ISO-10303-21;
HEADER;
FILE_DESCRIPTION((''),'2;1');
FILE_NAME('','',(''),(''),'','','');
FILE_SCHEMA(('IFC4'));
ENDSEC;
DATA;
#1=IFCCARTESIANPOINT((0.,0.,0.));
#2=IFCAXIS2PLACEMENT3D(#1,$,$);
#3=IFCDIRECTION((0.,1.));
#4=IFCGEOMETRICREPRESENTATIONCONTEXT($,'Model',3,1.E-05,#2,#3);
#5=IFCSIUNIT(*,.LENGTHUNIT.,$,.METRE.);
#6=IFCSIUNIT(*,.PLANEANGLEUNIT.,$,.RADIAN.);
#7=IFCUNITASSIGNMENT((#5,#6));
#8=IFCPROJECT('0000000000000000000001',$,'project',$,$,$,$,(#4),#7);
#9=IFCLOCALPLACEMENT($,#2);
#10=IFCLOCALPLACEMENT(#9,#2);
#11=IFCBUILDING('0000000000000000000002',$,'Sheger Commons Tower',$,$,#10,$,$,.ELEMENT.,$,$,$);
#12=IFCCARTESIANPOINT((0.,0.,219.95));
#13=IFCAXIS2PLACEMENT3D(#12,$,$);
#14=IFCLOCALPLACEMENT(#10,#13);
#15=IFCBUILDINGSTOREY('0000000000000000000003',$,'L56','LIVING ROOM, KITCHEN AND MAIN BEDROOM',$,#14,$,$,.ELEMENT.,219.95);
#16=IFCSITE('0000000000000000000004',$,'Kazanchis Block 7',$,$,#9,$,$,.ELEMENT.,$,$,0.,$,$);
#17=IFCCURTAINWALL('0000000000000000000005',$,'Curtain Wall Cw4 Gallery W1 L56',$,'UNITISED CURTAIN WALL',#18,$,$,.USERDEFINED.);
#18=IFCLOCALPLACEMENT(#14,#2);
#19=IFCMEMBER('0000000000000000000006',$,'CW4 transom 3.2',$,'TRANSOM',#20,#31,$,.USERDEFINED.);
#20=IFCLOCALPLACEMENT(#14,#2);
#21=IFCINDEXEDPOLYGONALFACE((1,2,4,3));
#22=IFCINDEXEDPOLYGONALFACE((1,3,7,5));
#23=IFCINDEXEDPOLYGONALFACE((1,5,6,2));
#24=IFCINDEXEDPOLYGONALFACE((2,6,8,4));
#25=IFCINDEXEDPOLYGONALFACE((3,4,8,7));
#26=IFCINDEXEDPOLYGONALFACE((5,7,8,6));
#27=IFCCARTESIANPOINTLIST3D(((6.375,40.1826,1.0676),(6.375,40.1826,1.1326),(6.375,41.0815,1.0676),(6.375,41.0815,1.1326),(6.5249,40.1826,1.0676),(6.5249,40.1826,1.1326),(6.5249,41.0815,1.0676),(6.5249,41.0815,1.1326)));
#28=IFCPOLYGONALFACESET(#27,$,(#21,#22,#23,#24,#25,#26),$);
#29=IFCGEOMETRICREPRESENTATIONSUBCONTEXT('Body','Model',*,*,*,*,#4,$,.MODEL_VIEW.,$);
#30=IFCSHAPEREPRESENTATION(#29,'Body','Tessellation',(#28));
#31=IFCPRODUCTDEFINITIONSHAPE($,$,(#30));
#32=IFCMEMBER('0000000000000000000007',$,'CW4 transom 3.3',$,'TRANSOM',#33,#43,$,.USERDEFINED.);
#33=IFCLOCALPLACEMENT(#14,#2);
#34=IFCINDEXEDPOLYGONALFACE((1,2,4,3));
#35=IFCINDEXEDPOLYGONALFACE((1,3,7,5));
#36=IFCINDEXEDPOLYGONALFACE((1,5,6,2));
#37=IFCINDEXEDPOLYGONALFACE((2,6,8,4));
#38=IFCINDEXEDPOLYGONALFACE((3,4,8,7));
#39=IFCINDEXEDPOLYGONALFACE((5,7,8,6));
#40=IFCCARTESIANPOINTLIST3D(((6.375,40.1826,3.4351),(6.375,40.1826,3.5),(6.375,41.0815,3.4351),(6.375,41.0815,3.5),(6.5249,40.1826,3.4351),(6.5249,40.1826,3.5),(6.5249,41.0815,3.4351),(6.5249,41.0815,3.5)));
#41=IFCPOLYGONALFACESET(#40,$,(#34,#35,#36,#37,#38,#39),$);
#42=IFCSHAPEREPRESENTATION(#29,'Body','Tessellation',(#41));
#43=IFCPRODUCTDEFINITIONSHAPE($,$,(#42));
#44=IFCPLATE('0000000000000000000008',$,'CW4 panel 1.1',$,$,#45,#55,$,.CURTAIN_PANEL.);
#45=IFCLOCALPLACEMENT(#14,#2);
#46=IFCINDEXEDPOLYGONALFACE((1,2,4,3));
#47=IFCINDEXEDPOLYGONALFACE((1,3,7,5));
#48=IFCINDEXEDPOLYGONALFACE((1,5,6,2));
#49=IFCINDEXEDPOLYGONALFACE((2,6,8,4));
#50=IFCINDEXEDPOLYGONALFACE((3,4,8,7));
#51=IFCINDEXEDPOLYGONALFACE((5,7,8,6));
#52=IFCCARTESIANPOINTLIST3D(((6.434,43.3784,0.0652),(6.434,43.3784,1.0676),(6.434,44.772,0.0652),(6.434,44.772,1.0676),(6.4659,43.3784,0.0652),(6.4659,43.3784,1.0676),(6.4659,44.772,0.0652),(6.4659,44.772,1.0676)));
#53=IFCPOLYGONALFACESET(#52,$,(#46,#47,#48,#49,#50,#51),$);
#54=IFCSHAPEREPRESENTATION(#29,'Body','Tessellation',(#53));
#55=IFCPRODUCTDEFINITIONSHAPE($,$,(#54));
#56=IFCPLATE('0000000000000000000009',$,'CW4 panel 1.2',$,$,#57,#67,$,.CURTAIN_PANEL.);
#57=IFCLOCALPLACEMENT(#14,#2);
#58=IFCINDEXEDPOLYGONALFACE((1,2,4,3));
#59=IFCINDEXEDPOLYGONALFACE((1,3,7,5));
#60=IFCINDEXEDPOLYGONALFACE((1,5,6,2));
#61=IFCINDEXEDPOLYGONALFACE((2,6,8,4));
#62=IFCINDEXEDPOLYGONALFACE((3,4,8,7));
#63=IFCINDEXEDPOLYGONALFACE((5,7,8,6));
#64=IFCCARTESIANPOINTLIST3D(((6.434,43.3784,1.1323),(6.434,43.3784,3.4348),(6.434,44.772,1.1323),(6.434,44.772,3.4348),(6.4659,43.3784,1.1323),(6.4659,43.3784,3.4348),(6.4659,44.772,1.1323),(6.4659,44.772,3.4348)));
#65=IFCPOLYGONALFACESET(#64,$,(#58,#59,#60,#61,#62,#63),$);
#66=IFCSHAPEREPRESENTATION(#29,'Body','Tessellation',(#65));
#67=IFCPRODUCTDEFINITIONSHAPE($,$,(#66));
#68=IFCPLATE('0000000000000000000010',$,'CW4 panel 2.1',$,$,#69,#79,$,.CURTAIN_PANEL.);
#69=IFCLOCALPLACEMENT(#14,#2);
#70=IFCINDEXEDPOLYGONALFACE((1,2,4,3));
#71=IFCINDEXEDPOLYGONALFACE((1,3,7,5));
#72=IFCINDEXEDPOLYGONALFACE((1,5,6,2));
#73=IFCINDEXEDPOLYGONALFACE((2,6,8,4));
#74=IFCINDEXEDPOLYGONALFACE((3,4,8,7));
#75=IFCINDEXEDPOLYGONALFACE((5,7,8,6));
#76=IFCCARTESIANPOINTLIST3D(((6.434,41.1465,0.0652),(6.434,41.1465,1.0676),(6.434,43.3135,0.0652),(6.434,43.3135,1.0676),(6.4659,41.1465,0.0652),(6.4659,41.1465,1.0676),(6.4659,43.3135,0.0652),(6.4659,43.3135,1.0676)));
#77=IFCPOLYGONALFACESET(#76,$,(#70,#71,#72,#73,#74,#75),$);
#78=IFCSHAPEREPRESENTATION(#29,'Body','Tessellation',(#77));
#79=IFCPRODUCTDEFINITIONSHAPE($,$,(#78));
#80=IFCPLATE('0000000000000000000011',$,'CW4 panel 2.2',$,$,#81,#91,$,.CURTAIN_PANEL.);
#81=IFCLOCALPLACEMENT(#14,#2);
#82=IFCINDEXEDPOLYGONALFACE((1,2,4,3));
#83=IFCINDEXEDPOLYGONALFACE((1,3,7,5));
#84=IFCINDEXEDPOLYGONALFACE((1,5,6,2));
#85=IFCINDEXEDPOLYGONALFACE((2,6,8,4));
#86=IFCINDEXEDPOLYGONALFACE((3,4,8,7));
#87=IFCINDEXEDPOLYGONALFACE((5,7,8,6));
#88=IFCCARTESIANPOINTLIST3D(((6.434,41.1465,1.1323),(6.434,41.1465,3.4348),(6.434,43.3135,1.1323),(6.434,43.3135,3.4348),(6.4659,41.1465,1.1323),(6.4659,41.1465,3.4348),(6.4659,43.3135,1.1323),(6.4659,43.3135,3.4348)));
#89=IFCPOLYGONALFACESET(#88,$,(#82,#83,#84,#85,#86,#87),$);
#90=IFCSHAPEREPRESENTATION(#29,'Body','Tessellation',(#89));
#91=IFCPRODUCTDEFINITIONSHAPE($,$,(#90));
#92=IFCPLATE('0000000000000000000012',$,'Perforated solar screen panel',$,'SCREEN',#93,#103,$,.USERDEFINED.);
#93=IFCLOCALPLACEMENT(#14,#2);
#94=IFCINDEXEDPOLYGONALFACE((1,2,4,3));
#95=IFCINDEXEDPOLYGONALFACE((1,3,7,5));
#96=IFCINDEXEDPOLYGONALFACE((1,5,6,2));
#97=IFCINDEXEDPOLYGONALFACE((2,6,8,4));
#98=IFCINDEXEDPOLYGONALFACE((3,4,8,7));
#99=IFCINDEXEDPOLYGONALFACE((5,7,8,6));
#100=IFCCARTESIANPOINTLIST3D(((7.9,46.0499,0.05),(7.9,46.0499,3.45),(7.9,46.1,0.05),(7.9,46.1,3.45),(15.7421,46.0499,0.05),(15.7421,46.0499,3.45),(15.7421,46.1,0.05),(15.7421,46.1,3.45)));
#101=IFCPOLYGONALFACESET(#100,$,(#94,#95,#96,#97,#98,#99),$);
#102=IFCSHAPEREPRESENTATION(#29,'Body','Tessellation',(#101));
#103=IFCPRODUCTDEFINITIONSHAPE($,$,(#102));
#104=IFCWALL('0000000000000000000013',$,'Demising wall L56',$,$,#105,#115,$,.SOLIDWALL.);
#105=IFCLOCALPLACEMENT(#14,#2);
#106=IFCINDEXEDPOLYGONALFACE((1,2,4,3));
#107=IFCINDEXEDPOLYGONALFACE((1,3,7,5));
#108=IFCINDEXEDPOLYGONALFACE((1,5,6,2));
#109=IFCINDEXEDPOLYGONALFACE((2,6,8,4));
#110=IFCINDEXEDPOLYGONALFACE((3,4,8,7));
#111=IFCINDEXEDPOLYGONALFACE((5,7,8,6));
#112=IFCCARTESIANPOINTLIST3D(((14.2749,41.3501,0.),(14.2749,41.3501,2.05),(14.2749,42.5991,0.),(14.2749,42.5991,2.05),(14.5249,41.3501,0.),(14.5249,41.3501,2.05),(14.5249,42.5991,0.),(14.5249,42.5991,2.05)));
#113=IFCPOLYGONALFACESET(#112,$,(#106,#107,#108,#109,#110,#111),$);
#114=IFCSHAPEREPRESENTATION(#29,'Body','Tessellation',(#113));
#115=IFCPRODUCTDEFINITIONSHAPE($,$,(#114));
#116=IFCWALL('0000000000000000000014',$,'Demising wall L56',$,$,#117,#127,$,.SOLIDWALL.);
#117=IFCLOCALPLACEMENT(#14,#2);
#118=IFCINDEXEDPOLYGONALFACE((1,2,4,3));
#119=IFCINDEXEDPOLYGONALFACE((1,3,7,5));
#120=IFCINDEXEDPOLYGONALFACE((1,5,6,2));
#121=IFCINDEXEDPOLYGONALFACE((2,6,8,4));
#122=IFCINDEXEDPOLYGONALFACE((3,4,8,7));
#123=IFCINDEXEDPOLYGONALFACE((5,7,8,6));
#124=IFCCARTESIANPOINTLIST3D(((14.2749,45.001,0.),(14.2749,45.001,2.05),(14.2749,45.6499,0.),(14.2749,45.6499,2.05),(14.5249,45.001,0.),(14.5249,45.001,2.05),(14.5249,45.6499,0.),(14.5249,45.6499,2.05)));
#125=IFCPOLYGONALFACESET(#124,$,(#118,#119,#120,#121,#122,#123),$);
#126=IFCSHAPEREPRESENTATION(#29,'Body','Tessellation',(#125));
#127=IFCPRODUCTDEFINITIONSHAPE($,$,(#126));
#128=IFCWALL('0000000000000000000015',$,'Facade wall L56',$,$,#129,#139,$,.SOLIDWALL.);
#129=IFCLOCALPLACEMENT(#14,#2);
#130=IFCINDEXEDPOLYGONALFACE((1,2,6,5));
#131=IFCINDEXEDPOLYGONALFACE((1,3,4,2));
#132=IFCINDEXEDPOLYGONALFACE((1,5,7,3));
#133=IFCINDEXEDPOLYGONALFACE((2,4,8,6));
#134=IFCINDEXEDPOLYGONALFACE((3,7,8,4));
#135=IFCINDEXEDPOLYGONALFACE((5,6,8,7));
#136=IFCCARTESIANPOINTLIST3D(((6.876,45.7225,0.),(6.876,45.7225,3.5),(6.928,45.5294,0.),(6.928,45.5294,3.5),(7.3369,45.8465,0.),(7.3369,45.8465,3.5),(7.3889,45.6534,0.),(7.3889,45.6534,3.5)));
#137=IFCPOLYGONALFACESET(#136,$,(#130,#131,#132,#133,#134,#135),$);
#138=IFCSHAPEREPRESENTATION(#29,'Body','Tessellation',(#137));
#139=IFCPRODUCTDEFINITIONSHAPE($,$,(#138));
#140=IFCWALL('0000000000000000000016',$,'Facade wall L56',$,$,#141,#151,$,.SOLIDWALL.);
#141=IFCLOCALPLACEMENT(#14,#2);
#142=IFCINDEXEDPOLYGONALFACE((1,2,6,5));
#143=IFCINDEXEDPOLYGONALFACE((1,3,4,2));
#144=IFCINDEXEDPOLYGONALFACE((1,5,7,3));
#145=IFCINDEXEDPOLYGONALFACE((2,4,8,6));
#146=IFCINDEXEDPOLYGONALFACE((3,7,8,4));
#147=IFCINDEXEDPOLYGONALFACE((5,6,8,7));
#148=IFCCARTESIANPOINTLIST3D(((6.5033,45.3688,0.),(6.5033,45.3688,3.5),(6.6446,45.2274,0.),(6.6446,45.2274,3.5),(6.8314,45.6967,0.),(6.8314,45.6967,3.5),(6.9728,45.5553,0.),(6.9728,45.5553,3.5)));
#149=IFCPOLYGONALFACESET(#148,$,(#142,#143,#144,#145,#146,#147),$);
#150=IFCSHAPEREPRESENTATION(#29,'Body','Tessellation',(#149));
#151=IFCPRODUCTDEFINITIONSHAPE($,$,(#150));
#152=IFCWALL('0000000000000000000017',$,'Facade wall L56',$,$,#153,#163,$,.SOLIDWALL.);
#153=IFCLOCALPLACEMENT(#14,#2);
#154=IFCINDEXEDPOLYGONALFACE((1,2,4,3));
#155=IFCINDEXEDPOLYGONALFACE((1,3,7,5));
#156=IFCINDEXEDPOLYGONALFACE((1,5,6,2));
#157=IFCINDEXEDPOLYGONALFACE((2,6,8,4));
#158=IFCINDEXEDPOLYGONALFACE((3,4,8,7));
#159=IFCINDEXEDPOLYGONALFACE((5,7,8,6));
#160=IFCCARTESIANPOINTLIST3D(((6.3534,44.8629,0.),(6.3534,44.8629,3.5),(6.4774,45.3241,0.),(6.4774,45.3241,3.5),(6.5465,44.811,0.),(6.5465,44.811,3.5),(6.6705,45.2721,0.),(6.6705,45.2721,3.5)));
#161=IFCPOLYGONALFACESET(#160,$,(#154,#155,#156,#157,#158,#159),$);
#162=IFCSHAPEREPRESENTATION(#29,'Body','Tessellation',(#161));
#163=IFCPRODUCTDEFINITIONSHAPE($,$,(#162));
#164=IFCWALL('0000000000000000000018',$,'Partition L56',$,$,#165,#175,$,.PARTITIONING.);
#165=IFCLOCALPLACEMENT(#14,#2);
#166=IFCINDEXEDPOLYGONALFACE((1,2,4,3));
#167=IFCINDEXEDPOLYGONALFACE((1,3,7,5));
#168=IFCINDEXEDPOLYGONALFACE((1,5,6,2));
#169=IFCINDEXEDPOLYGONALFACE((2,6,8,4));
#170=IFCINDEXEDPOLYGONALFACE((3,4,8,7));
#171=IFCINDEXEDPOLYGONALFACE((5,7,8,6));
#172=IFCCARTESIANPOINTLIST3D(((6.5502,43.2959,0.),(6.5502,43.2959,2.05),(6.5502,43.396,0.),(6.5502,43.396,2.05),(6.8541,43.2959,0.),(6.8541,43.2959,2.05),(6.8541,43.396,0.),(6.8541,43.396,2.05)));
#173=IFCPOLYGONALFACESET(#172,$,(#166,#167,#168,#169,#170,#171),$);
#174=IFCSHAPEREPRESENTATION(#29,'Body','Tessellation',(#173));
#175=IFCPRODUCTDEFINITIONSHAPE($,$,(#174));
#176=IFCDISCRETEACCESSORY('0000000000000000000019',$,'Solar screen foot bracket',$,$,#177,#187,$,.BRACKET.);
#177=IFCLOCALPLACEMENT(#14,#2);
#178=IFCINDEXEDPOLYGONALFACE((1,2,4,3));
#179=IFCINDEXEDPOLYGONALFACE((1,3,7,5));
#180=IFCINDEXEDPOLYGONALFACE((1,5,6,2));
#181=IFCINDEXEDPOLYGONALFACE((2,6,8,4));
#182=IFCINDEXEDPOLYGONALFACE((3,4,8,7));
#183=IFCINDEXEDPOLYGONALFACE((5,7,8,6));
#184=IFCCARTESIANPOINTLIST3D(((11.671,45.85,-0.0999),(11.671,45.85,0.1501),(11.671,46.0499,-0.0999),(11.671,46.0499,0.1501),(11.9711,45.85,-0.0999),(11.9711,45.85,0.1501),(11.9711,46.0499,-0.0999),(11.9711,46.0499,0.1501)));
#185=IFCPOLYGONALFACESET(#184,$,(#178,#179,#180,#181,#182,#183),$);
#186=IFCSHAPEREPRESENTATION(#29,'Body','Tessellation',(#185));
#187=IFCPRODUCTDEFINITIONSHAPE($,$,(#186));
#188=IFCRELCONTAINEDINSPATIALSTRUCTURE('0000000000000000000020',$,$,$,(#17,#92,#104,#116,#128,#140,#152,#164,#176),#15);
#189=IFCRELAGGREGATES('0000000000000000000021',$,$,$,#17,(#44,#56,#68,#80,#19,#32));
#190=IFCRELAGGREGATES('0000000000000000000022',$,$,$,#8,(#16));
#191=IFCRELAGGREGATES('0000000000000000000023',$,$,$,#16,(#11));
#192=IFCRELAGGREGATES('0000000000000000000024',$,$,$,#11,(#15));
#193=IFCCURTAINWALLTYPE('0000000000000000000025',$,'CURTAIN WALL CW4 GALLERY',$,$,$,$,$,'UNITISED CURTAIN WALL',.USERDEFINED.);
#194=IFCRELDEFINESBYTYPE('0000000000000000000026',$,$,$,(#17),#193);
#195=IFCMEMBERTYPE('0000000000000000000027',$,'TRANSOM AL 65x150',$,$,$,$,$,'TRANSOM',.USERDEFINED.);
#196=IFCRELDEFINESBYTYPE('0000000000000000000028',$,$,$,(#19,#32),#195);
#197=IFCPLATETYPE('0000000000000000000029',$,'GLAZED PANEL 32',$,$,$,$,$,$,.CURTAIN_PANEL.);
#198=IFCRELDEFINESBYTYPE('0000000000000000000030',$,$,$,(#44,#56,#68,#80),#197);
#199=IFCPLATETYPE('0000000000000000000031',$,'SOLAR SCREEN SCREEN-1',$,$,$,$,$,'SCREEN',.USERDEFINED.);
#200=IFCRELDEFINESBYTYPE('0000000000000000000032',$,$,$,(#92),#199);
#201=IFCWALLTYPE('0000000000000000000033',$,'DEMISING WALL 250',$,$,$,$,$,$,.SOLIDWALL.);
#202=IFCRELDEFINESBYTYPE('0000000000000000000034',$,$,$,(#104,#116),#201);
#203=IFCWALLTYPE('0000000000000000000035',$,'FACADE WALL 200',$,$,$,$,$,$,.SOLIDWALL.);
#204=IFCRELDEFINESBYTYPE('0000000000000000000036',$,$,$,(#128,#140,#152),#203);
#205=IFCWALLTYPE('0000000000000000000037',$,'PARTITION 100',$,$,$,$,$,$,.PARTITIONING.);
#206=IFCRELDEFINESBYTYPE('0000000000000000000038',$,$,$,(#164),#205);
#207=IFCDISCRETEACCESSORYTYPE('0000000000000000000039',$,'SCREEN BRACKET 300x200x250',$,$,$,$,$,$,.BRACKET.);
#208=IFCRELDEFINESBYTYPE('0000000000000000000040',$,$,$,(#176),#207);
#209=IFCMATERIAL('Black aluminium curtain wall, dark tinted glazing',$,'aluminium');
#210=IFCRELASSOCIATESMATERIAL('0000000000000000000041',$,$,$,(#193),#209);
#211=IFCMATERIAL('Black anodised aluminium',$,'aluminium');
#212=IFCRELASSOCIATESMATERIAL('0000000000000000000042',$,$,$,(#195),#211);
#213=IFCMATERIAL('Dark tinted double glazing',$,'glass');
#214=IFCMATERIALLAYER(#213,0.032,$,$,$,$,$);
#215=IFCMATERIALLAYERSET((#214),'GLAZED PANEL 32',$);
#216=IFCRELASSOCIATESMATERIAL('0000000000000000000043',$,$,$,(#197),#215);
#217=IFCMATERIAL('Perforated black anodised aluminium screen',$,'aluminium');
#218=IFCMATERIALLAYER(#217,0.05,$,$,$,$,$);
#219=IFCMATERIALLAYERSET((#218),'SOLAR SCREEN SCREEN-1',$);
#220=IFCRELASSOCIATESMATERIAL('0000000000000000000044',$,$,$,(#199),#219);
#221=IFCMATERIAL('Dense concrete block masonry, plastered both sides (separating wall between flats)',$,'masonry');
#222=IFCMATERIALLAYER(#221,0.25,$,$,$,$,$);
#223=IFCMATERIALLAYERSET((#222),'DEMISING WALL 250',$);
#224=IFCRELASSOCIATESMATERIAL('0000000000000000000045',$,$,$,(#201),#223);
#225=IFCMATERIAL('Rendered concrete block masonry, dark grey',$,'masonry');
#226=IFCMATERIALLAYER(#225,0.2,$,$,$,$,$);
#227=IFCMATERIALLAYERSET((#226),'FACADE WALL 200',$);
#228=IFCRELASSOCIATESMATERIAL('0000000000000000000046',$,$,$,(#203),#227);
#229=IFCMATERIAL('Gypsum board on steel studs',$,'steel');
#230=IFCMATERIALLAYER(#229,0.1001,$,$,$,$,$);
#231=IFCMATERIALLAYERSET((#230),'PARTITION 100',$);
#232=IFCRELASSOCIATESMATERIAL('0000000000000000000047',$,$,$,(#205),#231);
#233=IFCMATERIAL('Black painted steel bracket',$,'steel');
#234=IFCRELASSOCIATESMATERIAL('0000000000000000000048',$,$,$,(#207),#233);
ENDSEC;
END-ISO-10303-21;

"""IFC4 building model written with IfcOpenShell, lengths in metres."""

from ifc_helpers import new_model, si_unit, direction, frame, frame_2d, origin, origin_2d, place, context, subcontext, project, spatial, rectangle, extrude, material, layer, layer_set, material_profile, profile_set, type_object, element, aggregate, save


model = new_model("IFC4")

# Units and contexts
model_context = context("Model", 3, precision=1e-05, world=origin(), true_north=direction((0.0, 1.0)))
body_context = subcontext(model_context, "Body", "Model", "MODEL_VIEW")
ifc_project = project(units=[si_unit("LENGTHUNIT", "METRE"), si_unit("PLANEANGLEUNIT", "RADIAN")], contexts=[model_context])

# Site, building, storey
site_placement = place(None, origin())
site = spatial("IfcSite", under=ifc_project, at=site_placement, Name="Kazanchis Block 7", CompositionType="ELEMENT", RefElevation=0.0)
building_placement = place(site_placement, origin())
building = spatial("IfcBuilding", under=site, at=building_placement, Name="Sheger Commons Tower", CompositionType="ELEMENT")
storey_placement = place(building_placement, frame((0.0, 0.0, 219.95)))
storey = spatial("IfcBuildingStorey", under=building, at=storey_placement, Name="L56", Description="LIVING ROOM, KITCHEN AND MAIN BEDROOM", CompositionType="ELEMENT", Elevation=219.95)

# Curtain wall
ifc_material_1 = material(Name="Black aluminium curtain wall, dark tinted glazing", Category="aluminium")
curtain_wall_type = type_object("IfcCurtainWallType", Name="CURTAIN WALL CW4 GALLERY", ElementType="UNITISED CURTAIN WALL", PredefinedType="USERDEFINED", material=ifc_material_1)
curtain_wall_placement = place(storey_placement, origin())
curtain_wall = element("IfcCurtainWall", 1, at=curtain_wall_placement, inside=storey, type_object=curtain_wall_type, Name="Curtain Wall Cw4 Gallery W1 L56", ObjectType="UNITISED CURTAIN WALL", PredefinedType="USERDEFINED")

# Members
ifc_material_2 = material(Name="Black anodised aluminium", Category="aluminium")
ifc_material_profile_1 = material_profile(ifc_material_2, rectangle(XDim=0.1499, YDim=0.0649, at=origin_2d()), Name="AL 65x150")
ifc_profile_set_1 = profile_set([ifc_material_profile_1], Name="Black anodised aluminium")
member_type_1 = type_object("IfcMemberType", Name="TRANSOM AL 65x150", ElementType="TRANSOM", PredefinedType="USERDEFINED", material=ifc_profile_set_1)
member_1_placement = place(storey_placement, frame((6.45, 41.0815, 1.1001), z_axis=(0.0, -1.0, 0.0), x_axis=(1.0, 0.0, 0.0)))
member_1 = element("IfcMember", 2, at=member_1_placement, type_object=member_type_1, Name="CW4 transom 3.2", ObjectType="TRANSOM", PredefinedType="USERDEFINED", context=body_context, shape_type="SweptSolid", body=[
    extrude(rectangle(XDim=0.1499, YDim=0.0649, at=origin_2d()), origin(), (0.0, 0.0, 1.0), 0.8989),
])
member_2_placement = place(storey_placement, frame((6.45, 41.0815, 3.4675), z_axis=(0.0, -1.0, 0.0), x_axis=(1.0, 0.0, 0.0)))
member_2 = element("IfcMember", 3, at=member_2_placement, type_object=member_type_1, Name="CW4 transom 3.3", ObjectType="TRANSOM", PredefinedType="USERDEFINED", context=body_context, shape_type="SweptSolid", body=[
    extrude(rectangle(XDim=0.1499, YDim=0.0649, at=origin_2d()), origin(), (0.0, 0.0, 1.0), 0.8989),
])

# Plates
ifc_material_3 = material(Name="Dark tinted double glazing", Category="glass")
ifc_layer_1 = layer(ifc_material_3, 0.032)
ifc_layer_set_1 = layer_set([ifc_layer_1], Name="GLAZED PANEL 32")
plate_type_1 = type_object("IfcPlateType", Name="GLAZED PANEL 32", PredefinedType="CURTAIN_PANEL", material=ifc_layer_set_1)
plate_1_placement = place(storey_placement, frame((6.45, 44.0752, 0.0652), z_axis=(0.0, 0.0, 1.0), x_axis=(0.0, -1.0, 0.0)))
plate_1 = element("IfcPlate", 4, at=plate_1_placement, type_object=plate_type_1, Name="CW4 panel 1.1", PredefinedType="CURTAIN_PANEL", context=body_context, shape_type="SweptSolid", body=[
    extrude(rectangle(XDim=1.3936, YDim=0.032, at=origin_2d()), origin(), (0.0, 0.0, 1.0), 1.0024),
])
plate_2_placement = place(storey_placement, frame((6.45, 44.0752, 1.1323), z_axis=(0.0, 0.0, 1.0), x_axis=(0.0, -1.0, 0.0)))
plate_2 = element("IfcPlate", 5, at=plate_2_placement, type_object=plate_type_1, Name="CW4 panel 1.2", PredefinedType="CURTAIN_PANEL", context=body_context, shape_type="SweptSolid", body=[
    extrude(rectangle(XDim=1.3936, YDim=0.032, at=origin_2d()), origin(), (0.0, 0.0, 1.0), 2.3025),
])
plate_3_placement = place(storey_placement, frame((6.45, 42.23, 0.0652), z_axis=(0.0, 0.0, 1.0), x_axis=(0.0, -1.0, 0.0)))
plate_3 = element("IfcPlate", 6, at=plate_3_placement, type_object=plate_type_1, Name="CW4 panel 2.1", PredefinedType="CURTAIN_PANEL", context=body_context, shape_type="SweptSolid", body=[
    extrude(rectangle(XDim=2.167, YDim=0.032, at=origin_2d()), origin(), (0.0, 0.0, 1.0), 1.0024),
])
plate_4_placement = place(storey_placement, frame((6.45, 42.23, 1.1323), z_axis=(0.0, 0.0, 1.0), x_axis=(0.0, -1.0, 0.0)))
plate_4 = element("IfcPlate", 7, at=plate_4_placement, type_object=plate_type_1, Name="CW4 panel 2.2", PredefinedType="CURTAIN_PANEL", context=body_context, shape_type="SweptSolid", body=[
    extrude(rectangle(XDim=2.167, YDim=0.032, at=origin_2d()), origin(), (0.0, 0.0, 1.0), 2.3025),
])
aggregate(curtain_wall, [plate_1, plate_2, plate_3, plate_4, member_1, member_2])
ifc_material_4 = material(Name="Perforated black anodised aluminium screen", Category="aluminium")
ifc_layer_2 = layer(ifc_material_4, 0.05)
ifc_layer_set_2 = layer_set([ifc_layer_2], Name="SOLAR SCREEN SCREEN-1")
plate_type_2 = type_object("IfcPlateType", Name="SOLAR SCREEN SCREEN-1", ElementType="SCREEN", PredefinedType="USERDEFINED", material=ifc_layer_set_2)
plate_5_placement = place(storey_placement, frame((11.821, 46.075, 0.05), z_axis=(0.0, 0.0, 1.0), x_axis=(-1.0, 0.0, 0.0)))
element("IfcPlate", 8, at=plate_5_placement, inside=storey, type_object=plate_type_2, Name="Perforated solar screen panel", ObjectType="SCREEN", PredefinedType="USERDEFINED", context=body_context, shape_type="SweptSolid", body=[
    extrude(rectangle(XDim=7.842, YDim=0.05, at=origin_2d()), origin(), (0.0, 0.0, 1.0), 3.3999),
])

# Walls
ifc_material_5 = material(Name="Dense concrete block masonry, plastered both sides (separating wall between flats)", Category="masonry")
ifc_layer_3 = layer(ifc_material_5, 0.25)
ifc_layer_set_3 = layer_set([ifc_layer_3], Name="DEMISING WALL 250")
wall_type_1 = type_object("IfcWallType", Name="DEMISING WALL 250", PredefinedType="SOLIDWALL", material=ifc_layer_set_3)
wall_1_placement = place(storey_placement, frame((14.3999, 41.3501, 0.0), z_axis=(0.0, 0.0, 1.0), x_axis=(0.0, 1.0, 0.0)))
element("IfcWall", 9, at=wall_1_placement, inside=storey, type_object=wall_type_1, Name="Demising wall L56", PredefinedType="SOLIDWALL", context=body_context, shape_type="SweptSolid", body=[
    extrude(rectangle(XDim=1.249, YDim=0.25, at=frame_2d((0.6245, 0.0))), origin(), (0.0, 0.0, 1.0), 2.05),
])
wall_2_placement = place(storey_placement, frame((14.3999, 45.001, 0.0), z_axis=(0.0, 0.0, 1.0), x_axis=(0.0, 1.0, 0.0)))
element("IfcWall", 10, at=wall_2_placement, inside=storey, type_object=wall_type_1, Name="Demising wall L56", PredefinedType="SOLIDWALL", context=body_context, shape_type="SweptSolid", body=[
    extrude(rectangle(XDim=0.6489, YDim=0.25, at=frame_2d((0.3245, 0.0))), origin(), (0.0, 0.0, 1.0), 2.05),
])
ifc_material_6 = material(Name="Rendered concrete block masonry, dark grey", Category="masonry")
ifc_layer_4 = layer(ifc_material_6, 0.2)
ifc_layer_set_4 = layer_set([ifc_layer_4], Name="FACADE WALL 200")
wall_type_2 = type_object("IfcWallType", Name="FACADE WALL 200", PredefinedType="SOLIDWALL", material=ifc_layer_set_4)
wall_3_placement = place(storey_placement, frame((7.363, 45.75, 0.0), z_axis=(0.0, 0.0, 1.0), x_axis=(-0.965655, -0.259827, 0.0)))
element("IfcWall", 11, at=wall_3_placement, inside=storey, type_object=wall_type_2, Name="Facade wall L56", PredefinedType="SOLIDWALL", context=body_context, shape_type="SweptSolid", body=[
    extrude(rectangle(XDim=0.4773, YDim=0.2, at=frame_2d((0.2388, 0.0))), origin(), (0.0, 0.0, 1.0), 3.5),
])
wall_4_placement = place(storey_placement, frame((6.9021, 45.626, 0.0), z_axis=(0.0, 0.0, 1.0), x_axis=(-0.70737, -0.706844, 0.0)))
element("IfcWall", 12, at=wall_4_placement, inside=storey, type_object=wall_type_2, Name="Facade wall L56", PredefinedType="SOLIDWALL", context=body_context, shape_type="SweptSolid", body=[
    extrude(rectangle(XDim=0.4639, YDim=0.2, at=frame_2d((0.2319, 0.0))), origin(), (0.0, 0.0, 1.0), 3.5),
])
wall_5_placement = place(storey_placement, frame((6.574, 45.2981, 0.0), z_axis=(0.0, 0.0, 1.0), x_axis=(-0.259698, -0.96569, 0.0)))
element("IfcWall", 13, at=wall_5_placement, inside=storey, type_object=wall_type_2, Name="Facade wall L56", PredefinedType="SOLIDWALL", context=body_context, shape_type="SweptSolid", body=[
    extrude(rectangle(XDim=0.4775, YDim=0.2, at=frame_2d((0.2388, 0.0))), origin(), (0.0, 0.0, 1.0), 3.5),
])
ifc_material_7 = material(Name="Gypsum board on steel studs", Category="steel")
ifc_layer_5 = layer(ifc_material_7, 0.1001)
ifc_layer_set_5 = layer_set([ifc_layer_5], Name="PARTITION 100")
wall_type_3 = type_object("IfcWallType", Name="PARTITION 100", PredefinedType="PARTITIONING", material=ifc_layer_set_5)
wall_6_placement = place(storey_placement, frame((6.854, 43.3459, 0.0), z_axis=(0.0, 0.0, 1.0), x_axis=(-1.0, 0.0, 0.0)))
element("IfcWall", 14, at=wall_6_placement, inside=storey, type_object=wall_type_3, Name="Partition L56", PredefinedType="PARTITIONING", context=body_context, shape_type="SweptSolid", body=[
    extrude(rectangle(XDim=0.304, YDim=0.1001, at=frame_2d((0.1519, 0.0))), origin(), (0.0, 0.0, 1.0), 2.05),
])

# Discrete accessory
ifc_material_8 = material(Name="Black painted steel bracket", Category="steel")
discrete_accessory_type = type_object("IfcDiscreteAccessoryType", Name="SCREEN BRACKET 300x200x250", PredefinedType="BRACKET", material=ifc_material_8)
for number, where, z_axis, x_axis, name in (
    (15, (11.821, 45.95, -0.0999), (0.0, 0.0, 1.0), (-1.0, 0.0, 0.0), "Solar screen foot bracket"),
):
    element("IfcDiscreteAccessory", number, at=place(storey_placement, frame(where, z_axis=z_axis, x_axis=x_axis)), inside=storey, type_object=discrete_accessory_type, Name=name, PredefinedType="BRACKET", context=body_context, shape_type="SweptSolid", body=[
        extrude(rectangle(XDim=0.3, YDim=0.2, at=origin_2d()), origin(), (0.0, 0.0, 1.0), 0.25),
    ])

save(model, "model.ifc")
